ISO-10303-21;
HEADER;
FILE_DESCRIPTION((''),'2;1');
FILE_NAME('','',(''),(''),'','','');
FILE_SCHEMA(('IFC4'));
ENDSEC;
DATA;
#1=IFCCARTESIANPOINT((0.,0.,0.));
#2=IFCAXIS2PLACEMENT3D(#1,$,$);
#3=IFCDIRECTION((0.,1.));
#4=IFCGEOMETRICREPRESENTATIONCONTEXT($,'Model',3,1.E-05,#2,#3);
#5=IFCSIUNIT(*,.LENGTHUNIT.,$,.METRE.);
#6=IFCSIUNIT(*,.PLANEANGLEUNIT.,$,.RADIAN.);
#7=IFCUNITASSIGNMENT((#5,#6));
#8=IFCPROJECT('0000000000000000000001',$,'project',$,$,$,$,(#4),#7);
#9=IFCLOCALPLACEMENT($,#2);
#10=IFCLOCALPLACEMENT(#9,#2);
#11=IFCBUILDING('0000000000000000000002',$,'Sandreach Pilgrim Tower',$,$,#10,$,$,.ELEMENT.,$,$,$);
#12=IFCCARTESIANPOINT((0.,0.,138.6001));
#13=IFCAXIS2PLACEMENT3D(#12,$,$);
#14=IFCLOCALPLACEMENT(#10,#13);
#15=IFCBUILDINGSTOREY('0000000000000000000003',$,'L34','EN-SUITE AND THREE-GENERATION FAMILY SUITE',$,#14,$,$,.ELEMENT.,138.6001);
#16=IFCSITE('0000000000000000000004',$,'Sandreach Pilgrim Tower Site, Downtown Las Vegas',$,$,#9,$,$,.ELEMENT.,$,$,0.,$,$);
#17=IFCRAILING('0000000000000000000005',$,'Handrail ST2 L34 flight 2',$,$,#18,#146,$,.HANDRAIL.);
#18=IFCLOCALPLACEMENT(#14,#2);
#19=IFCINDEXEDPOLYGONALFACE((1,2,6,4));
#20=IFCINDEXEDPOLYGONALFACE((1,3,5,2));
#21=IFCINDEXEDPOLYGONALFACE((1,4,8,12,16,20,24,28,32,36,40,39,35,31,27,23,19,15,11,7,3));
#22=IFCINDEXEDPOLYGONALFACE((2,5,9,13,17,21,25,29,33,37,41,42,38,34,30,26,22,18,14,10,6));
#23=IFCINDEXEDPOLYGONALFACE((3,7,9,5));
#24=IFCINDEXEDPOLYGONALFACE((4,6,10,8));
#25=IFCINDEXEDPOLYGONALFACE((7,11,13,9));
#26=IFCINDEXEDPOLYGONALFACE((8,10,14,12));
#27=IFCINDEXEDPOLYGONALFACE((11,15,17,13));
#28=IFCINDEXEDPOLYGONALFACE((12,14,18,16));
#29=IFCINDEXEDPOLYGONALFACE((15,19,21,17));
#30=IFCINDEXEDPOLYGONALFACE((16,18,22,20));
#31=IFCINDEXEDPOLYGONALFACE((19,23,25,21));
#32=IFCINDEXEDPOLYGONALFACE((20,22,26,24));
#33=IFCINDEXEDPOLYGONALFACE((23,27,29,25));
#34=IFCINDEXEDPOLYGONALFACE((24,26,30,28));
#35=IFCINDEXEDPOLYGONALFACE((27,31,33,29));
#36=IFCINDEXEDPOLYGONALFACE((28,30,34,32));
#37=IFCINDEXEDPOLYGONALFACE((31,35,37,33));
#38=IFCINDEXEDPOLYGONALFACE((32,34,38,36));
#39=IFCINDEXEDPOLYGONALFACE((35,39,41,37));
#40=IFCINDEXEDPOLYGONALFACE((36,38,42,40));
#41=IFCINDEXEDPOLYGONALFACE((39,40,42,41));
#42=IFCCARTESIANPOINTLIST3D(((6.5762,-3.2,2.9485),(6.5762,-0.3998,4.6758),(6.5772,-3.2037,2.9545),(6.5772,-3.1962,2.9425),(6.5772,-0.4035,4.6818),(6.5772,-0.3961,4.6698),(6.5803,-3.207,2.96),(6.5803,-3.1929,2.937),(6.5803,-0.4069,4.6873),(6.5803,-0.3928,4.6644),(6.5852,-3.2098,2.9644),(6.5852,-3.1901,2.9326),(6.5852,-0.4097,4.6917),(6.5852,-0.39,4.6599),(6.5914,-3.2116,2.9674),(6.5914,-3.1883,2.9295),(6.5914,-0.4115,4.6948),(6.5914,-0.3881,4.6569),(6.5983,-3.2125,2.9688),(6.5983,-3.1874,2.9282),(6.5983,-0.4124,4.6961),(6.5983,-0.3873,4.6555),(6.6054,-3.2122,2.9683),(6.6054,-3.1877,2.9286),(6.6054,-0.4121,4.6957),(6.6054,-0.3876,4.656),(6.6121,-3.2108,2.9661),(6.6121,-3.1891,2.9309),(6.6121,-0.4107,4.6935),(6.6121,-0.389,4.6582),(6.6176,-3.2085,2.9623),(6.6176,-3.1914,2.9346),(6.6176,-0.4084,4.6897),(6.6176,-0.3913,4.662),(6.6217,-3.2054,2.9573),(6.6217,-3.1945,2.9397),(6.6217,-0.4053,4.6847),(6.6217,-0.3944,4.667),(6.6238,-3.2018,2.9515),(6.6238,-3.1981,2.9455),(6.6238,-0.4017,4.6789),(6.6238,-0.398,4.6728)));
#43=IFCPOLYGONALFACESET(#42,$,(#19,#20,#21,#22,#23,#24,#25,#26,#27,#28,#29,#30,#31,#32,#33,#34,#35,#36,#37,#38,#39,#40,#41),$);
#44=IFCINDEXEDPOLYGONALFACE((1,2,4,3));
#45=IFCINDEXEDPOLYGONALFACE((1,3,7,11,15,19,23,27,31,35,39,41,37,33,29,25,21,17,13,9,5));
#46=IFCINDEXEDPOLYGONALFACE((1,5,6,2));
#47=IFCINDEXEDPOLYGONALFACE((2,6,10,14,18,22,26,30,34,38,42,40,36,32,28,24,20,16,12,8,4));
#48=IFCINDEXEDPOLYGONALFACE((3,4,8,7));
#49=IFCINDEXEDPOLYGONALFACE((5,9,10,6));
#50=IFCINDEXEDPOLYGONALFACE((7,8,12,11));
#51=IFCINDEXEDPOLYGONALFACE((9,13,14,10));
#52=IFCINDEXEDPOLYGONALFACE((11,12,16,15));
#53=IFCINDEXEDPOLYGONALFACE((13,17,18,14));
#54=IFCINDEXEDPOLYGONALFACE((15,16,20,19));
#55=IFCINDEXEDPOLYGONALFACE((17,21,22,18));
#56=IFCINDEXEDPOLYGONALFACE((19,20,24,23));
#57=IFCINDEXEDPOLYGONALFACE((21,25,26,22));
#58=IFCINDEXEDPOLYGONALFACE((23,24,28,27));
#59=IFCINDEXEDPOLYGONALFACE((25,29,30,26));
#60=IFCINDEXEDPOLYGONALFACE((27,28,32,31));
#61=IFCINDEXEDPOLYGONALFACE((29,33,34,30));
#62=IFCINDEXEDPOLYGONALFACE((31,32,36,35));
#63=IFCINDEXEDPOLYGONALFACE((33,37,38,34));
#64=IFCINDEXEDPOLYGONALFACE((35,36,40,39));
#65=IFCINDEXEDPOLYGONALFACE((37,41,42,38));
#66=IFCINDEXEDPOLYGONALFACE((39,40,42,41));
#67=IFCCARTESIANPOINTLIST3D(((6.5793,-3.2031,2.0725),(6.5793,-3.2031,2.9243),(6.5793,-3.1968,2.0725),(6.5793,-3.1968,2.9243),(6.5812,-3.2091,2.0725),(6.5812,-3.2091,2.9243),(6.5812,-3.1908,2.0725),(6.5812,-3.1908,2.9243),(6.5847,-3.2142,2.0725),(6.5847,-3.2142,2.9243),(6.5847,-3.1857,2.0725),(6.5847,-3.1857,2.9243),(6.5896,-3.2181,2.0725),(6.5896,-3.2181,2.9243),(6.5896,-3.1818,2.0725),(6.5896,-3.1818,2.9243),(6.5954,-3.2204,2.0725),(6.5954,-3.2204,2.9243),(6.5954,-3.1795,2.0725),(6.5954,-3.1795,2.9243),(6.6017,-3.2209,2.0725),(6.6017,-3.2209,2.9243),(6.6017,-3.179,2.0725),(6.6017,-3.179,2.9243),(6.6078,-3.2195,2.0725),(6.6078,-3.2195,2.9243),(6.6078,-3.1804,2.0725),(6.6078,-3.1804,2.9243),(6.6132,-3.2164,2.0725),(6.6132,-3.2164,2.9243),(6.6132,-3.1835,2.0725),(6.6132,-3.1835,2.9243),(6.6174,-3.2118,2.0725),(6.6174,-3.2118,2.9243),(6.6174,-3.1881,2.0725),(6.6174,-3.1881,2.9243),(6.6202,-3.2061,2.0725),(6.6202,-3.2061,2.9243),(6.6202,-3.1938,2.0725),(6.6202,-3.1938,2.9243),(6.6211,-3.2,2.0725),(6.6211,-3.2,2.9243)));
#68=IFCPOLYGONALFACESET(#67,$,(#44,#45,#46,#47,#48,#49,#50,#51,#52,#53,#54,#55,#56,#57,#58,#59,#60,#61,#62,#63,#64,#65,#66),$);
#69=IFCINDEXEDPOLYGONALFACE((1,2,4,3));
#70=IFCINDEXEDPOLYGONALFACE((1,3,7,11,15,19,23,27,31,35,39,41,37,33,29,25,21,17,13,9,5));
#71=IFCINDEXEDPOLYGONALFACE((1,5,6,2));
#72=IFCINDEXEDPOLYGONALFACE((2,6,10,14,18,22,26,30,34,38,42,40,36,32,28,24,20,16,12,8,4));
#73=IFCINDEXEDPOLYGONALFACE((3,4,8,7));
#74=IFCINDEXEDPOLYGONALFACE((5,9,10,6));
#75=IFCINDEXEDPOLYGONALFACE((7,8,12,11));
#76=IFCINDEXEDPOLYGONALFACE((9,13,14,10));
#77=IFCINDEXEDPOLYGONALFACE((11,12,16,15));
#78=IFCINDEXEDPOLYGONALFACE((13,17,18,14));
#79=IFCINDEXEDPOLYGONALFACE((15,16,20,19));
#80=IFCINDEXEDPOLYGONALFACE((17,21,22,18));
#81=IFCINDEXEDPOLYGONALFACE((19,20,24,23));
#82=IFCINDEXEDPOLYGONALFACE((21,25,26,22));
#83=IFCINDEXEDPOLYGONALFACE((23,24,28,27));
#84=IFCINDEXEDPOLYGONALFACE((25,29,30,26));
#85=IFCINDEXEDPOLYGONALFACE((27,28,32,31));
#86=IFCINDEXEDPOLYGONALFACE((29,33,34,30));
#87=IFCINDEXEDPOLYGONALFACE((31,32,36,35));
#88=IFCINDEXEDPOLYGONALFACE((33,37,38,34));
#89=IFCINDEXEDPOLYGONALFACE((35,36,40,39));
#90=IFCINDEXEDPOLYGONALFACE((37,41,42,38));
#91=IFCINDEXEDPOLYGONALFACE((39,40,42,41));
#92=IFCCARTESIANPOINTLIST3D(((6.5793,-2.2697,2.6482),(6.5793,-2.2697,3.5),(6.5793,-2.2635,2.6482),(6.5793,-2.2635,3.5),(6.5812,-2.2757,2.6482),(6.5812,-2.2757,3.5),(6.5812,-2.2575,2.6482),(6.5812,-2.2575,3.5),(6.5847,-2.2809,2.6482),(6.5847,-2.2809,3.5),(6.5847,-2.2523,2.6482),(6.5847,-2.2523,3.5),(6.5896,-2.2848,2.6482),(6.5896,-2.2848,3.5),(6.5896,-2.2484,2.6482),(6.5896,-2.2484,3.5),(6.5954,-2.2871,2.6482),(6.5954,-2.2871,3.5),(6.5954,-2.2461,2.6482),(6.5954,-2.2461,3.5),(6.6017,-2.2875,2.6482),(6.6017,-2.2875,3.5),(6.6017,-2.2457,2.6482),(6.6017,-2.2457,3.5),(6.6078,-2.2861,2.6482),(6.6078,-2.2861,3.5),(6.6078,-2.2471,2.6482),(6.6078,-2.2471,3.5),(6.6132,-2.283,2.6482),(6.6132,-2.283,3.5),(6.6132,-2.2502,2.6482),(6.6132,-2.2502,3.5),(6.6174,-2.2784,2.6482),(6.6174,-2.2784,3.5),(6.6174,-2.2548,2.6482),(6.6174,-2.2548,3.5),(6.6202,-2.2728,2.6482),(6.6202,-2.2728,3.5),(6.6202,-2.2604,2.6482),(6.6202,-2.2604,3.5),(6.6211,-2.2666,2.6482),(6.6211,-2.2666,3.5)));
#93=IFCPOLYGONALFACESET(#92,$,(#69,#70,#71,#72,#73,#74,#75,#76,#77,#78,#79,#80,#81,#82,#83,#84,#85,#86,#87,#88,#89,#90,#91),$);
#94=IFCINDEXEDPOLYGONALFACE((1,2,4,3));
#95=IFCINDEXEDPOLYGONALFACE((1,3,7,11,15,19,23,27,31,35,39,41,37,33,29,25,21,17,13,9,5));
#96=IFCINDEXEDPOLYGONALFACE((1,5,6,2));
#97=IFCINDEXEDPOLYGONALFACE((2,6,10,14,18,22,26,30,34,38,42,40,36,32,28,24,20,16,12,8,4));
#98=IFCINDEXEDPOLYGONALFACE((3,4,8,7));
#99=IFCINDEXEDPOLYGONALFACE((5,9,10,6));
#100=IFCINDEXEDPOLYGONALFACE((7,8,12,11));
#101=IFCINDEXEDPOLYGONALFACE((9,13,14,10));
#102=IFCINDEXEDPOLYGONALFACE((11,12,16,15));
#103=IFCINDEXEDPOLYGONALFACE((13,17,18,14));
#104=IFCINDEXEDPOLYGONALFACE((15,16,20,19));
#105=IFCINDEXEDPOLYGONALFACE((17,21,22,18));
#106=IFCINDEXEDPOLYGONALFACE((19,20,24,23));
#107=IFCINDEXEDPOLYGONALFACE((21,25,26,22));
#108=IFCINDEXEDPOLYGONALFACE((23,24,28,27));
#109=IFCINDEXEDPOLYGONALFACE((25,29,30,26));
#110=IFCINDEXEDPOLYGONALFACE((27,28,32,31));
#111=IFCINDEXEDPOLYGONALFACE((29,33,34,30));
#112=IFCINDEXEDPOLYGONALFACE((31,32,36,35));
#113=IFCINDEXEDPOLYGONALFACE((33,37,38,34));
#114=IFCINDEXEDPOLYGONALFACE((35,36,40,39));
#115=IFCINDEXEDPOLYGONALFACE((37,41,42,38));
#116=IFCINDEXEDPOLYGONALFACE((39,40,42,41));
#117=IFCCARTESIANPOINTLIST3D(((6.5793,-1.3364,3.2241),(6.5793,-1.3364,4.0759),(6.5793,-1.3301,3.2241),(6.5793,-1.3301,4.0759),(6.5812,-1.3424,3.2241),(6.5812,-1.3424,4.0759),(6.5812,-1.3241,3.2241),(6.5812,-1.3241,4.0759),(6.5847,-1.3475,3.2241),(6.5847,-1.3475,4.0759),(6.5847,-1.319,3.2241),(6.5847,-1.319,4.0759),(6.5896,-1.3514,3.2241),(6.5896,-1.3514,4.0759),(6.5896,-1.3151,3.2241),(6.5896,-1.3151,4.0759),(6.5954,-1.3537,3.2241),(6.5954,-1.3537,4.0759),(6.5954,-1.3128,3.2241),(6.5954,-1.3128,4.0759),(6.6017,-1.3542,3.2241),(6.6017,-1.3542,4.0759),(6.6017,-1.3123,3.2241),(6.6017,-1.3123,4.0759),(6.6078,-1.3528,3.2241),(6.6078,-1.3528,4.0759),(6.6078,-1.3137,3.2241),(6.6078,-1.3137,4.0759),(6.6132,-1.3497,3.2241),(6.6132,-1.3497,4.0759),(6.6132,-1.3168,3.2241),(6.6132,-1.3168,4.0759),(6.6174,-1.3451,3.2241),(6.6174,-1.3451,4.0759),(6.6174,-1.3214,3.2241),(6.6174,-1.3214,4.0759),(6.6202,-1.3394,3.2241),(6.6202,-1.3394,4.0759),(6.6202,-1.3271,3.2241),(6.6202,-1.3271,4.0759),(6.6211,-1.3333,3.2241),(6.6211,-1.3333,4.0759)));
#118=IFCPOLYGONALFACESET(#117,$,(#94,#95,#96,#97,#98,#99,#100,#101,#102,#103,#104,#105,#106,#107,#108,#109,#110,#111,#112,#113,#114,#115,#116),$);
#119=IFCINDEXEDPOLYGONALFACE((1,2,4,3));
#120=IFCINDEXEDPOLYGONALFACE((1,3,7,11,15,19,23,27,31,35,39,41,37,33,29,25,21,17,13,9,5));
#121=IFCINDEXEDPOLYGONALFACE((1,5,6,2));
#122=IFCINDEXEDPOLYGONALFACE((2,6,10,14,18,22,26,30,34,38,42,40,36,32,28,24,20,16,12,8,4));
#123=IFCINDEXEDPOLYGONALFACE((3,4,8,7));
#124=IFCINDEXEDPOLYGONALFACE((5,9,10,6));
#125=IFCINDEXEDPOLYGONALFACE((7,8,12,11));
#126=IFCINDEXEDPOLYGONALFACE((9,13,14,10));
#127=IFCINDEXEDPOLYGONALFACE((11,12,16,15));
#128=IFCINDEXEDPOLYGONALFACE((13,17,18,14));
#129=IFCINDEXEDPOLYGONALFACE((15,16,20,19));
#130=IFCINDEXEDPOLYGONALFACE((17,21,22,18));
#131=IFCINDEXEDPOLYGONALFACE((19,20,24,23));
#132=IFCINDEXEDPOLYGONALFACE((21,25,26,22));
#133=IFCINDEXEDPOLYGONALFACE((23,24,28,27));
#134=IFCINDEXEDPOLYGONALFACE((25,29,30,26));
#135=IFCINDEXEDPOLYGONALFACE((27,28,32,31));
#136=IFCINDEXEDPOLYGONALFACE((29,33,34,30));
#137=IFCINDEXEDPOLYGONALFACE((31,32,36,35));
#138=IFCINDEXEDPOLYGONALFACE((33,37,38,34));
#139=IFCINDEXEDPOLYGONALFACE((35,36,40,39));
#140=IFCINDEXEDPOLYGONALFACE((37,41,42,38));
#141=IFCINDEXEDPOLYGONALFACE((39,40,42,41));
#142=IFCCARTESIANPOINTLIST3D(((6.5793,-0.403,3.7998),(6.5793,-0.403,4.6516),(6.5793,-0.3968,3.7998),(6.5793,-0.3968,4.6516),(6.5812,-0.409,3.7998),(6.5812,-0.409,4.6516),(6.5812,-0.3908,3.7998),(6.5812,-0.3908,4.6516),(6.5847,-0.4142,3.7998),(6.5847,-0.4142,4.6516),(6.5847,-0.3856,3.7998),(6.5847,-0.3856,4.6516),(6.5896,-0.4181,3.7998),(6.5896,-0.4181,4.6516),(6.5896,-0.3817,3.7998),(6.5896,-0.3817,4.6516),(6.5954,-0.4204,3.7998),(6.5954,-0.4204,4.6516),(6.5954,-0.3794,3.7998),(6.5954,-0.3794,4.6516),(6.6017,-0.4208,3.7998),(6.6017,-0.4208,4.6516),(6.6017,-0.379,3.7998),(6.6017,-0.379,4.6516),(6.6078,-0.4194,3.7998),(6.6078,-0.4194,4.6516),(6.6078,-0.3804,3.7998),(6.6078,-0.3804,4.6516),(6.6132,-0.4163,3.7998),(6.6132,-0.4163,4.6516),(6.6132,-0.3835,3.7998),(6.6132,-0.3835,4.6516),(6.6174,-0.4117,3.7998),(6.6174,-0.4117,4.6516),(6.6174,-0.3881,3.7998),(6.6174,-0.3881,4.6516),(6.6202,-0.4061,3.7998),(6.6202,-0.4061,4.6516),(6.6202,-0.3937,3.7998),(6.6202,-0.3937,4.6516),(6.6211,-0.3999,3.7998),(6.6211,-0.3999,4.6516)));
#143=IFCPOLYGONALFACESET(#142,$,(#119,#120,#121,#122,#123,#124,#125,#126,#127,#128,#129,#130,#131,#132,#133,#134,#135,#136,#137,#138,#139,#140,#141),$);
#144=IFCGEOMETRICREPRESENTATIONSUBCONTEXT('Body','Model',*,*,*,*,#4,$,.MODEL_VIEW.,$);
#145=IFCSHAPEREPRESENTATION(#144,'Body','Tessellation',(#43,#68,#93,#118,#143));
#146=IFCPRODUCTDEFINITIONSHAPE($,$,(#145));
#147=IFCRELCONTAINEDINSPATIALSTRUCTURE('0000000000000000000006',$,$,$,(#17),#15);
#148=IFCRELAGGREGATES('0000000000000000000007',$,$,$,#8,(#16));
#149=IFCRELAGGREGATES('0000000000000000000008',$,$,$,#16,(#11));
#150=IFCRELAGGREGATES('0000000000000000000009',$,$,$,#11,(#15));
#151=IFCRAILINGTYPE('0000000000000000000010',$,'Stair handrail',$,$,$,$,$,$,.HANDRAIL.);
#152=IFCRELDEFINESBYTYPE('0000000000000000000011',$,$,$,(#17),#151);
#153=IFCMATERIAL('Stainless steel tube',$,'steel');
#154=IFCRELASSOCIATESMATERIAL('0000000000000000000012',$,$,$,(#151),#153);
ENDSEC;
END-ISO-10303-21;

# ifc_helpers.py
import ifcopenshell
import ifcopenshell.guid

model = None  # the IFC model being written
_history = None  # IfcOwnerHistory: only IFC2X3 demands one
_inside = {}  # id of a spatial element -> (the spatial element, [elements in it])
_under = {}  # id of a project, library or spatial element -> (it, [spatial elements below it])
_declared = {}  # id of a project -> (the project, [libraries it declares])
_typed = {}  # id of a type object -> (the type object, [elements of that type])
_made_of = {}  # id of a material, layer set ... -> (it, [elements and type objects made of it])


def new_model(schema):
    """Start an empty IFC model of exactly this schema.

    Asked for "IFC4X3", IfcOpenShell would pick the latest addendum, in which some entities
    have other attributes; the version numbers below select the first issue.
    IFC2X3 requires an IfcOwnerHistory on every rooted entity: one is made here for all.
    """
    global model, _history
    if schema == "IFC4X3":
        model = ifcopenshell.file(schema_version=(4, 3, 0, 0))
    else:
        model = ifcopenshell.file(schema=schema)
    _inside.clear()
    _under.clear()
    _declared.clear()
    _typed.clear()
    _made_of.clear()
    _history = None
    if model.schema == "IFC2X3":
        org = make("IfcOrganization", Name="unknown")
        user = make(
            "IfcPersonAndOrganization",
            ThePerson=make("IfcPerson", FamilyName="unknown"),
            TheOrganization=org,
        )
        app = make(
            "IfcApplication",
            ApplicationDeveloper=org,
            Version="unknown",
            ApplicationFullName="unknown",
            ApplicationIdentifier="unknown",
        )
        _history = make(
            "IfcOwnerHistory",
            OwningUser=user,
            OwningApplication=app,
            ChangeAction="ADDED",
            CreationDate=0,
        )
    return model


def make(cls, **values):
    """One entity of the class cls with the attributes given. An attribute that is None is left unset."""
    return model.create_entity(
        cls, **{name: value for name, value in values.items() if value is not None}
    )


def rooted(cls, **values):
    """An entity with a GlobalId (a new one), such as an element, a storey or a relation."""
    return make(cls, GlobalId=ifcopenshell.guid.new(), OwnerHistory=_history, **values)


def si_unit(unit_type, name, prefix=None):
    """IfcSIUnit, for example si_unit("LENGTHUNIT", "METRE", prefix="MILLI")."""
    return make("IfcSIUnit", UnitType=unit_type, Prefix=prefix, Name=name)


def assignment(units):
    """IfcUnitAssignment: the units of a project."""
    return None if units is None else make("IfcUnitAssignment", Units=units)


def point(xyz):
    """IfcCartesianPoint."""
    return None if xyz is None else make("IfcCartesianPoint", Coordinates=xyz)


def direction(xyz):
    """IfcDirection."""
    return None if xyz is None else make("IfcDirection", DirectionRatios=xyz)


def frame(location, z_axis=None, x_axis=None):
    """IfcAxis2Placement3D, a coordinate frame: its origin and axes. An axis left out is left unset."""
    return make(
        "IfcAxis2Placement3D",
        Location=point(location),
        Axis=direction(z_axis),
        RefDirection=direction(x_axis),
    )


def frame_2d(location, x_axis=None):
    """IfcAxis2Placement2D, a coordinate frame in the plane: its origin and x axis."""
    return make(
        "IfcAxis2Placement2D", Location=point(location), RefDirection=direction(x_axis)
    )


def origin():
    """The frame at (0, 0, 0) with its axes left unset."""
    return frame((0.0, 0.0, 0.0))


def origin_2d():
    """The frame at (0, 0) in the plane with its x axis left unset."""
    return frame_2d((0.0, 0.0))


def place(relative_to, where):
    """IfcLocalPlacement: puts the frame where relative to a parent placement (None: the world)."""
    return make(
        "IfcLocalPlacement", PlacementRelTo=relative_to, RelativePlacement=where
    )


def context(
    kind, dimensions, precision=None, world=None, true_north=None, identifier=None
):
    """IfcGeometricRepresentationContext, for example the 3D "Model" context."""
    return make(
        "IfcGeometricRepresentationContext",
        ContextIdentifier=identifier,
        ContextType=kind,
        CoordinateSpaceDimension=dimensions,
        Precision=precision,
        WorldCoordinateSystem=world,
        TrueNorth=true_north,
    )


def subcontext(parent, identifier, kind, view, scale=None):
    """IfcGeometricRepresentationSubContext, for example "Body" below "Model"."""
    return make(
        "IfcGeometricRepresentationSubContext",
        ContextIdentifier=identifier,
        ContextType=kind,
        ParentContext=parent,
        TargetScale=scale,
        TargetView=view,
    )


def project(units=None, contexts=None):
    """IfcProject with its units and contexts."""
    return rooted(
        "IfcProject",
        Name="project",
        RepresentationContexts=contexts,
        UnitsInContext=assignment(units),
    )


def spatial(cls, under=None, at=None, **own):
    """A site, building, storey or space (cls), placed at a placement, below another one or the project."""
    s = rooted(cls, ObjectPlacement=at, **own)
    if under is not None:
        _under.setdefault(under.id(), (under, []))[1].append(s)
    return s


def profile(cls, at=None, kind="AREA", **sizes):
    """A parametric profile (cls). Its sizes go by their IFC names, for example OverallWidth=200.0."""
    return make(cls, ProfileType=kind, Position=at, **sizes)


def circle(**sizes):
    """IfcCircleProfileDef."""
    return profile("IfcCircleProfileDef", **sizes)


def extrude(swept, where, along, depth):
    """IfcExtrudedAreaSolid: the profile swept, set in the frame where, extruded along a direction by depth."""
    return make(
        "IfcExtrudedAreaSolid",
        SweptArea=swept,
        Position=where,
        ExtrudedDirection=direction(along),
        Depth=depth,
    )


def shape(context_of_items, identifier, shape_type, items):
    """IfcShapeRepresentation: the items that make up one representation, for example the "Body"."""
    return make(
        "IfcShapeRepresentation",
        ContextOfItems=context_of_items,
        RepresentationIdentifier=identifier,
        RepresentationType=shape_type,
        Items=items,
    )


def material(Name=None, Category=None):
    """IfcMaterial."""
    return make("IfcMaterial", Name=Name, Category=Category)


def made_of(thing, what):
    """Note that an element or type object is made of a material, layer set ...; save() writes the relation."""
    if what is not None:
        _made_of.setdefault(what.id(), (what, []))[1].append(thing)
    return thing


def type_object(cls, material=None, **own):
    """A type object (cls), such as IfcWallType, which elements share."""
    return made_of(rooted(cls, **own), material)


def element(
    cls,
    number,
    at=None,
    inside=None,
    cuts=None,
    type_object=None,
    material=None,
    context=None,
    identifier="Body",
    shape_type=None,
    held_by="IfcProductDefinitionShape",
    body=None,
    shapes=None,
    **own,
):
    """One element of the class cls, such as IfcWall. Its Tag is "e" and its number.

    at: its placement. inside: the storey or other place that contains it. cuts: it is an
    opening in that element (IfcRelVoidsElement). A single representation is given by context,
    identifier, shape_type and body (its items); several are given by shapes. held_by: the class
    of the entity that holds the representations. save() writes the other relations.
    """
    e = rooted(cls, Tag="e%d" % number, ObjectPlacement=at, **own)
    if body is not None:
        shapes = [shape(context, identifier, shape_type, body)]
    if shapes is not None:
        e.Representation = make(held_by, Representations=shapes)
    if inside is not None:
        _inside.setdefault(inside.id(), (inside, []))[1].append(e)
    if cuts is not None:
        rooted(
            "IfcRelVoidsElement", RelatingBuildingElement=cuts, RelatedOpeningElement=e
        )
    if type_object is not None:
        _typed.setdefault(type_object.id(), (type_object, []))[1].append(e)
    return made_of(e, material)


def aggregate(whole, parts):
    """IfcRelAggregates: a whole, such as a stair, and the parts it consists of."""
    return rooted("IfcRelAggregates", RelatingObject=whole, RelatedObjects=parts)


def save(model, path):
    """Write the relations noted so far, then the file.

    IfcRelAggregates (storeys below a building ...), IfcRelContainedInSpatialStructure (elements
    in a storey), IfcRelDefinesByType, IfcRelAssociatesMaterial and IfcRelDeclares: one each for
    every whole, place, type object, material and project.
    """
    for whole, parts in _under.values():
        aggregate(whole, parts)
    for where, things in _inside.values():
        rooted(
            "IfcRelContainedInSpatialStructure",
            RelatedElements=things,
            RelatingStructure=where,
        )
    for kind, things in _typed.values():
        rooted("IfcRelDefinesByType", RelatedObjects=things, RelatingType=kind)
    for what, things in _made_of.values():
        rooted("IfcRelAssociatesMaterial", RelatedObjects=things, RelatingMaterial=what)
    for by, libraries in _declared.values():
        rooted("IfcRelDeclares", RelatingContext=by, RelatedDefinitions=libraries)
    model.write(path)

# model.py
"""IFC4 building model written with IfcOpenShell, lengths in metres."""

from ifc_helpers import new_model, si_unit, direction, frame, origin, origin_2d, place, context, subcontext, project, spatial, circle, extrude, material, type_object, element, save


model = new_model("IFC4")

# Units and contexts
model_context = context("Model", 3, precision=1e-05, world=origin(), true_north=direction((0.0, 1.0)))
body_context = subcontext(model_context, "Body", "Model", "MODEL_VIEW")
ifc_project = project(units=[si_unit("LENGTHUNIT", "METRE"), si_unit("PLANEANGLEUNIT", "RADIAN")], contexts=[model_context])

# Site, building, storey
site_placement = place(None, origin())
site = spatial("IfcSite", under=ifc_project, at=site_placement, Name="Sandreach Pilgrim Tower Site, Downtown Las Vegas", CompositionType="ELEMENT", RefElevation=0.0)
building_placement = place(site_placement, origin())
building = spatial("IfcBuilding", under=site, at=building_placement, Name="Sandreach Pilgrim Tower", CompositionType="ELEMENT")
storey_placement = place(building_placement, frame((0.0, 0.0, 138.6001)))
storey = spatial("IfcBuildingStorey", under=building, at=storey_placement, Name="L34", Description="EN-SUITE AND THREE-GENERATION FAMILY SUITE", CompositionType="ELEMENT", Elevation=138.6001)

# Railing
ifc_material_1 = material(Name="Stainless steel tube", Category="steel")
railing_type = type_object("IfcRailingType", Name="Stair handrail", PredefinedType="HANDRAIL", material=ifc_material_1)
for number, where, name in (
    (1, (6.6001, -3.2, 2.0725), "Handrail ST2 L34 flight 2"),
):
    element("IfcRailing", number, at=place(storey_placement, frame(where)), inside=storey, type_object=railing_type, Name=name, PredefinedType="HANDRAIL", context=body_context, shape_type="SweptSolid", body=[
        extrude(circle(Radius=0.0239, at=origin_2d()), frame((0.0, 0.0, 0.876), z_axis=(0.0, 0.85109, 0.52502), x_axis=(-1.0, 0.0, 0.0)), (0.0, 0.0, 1.0), 3.29),
        extrude(circle(Radius=0.021, at=origin_2d()), origin(), (0.0, 0.0, 1.0), 0.8518),
        extrude(circle(Radius=0.021, at=origin_2d()), frame((0.0, 0.9333, 0.5757)), (0.0, 0.0, 1.0), 0.8518),
        extrude(circle(Radius=0.021, at=origin_2d()), frame((0.0, 1.8667, 1.1516)), (0.0, 0.0, 1.0), 0.8518),
        extrude(circle(Radius=0.021, at=origin_2d()), frame((0.0, 2.8, 1.7273)), (0.0, 0.0, 1.0), 0.8518),
    ])

save(model, "model.ifc")
